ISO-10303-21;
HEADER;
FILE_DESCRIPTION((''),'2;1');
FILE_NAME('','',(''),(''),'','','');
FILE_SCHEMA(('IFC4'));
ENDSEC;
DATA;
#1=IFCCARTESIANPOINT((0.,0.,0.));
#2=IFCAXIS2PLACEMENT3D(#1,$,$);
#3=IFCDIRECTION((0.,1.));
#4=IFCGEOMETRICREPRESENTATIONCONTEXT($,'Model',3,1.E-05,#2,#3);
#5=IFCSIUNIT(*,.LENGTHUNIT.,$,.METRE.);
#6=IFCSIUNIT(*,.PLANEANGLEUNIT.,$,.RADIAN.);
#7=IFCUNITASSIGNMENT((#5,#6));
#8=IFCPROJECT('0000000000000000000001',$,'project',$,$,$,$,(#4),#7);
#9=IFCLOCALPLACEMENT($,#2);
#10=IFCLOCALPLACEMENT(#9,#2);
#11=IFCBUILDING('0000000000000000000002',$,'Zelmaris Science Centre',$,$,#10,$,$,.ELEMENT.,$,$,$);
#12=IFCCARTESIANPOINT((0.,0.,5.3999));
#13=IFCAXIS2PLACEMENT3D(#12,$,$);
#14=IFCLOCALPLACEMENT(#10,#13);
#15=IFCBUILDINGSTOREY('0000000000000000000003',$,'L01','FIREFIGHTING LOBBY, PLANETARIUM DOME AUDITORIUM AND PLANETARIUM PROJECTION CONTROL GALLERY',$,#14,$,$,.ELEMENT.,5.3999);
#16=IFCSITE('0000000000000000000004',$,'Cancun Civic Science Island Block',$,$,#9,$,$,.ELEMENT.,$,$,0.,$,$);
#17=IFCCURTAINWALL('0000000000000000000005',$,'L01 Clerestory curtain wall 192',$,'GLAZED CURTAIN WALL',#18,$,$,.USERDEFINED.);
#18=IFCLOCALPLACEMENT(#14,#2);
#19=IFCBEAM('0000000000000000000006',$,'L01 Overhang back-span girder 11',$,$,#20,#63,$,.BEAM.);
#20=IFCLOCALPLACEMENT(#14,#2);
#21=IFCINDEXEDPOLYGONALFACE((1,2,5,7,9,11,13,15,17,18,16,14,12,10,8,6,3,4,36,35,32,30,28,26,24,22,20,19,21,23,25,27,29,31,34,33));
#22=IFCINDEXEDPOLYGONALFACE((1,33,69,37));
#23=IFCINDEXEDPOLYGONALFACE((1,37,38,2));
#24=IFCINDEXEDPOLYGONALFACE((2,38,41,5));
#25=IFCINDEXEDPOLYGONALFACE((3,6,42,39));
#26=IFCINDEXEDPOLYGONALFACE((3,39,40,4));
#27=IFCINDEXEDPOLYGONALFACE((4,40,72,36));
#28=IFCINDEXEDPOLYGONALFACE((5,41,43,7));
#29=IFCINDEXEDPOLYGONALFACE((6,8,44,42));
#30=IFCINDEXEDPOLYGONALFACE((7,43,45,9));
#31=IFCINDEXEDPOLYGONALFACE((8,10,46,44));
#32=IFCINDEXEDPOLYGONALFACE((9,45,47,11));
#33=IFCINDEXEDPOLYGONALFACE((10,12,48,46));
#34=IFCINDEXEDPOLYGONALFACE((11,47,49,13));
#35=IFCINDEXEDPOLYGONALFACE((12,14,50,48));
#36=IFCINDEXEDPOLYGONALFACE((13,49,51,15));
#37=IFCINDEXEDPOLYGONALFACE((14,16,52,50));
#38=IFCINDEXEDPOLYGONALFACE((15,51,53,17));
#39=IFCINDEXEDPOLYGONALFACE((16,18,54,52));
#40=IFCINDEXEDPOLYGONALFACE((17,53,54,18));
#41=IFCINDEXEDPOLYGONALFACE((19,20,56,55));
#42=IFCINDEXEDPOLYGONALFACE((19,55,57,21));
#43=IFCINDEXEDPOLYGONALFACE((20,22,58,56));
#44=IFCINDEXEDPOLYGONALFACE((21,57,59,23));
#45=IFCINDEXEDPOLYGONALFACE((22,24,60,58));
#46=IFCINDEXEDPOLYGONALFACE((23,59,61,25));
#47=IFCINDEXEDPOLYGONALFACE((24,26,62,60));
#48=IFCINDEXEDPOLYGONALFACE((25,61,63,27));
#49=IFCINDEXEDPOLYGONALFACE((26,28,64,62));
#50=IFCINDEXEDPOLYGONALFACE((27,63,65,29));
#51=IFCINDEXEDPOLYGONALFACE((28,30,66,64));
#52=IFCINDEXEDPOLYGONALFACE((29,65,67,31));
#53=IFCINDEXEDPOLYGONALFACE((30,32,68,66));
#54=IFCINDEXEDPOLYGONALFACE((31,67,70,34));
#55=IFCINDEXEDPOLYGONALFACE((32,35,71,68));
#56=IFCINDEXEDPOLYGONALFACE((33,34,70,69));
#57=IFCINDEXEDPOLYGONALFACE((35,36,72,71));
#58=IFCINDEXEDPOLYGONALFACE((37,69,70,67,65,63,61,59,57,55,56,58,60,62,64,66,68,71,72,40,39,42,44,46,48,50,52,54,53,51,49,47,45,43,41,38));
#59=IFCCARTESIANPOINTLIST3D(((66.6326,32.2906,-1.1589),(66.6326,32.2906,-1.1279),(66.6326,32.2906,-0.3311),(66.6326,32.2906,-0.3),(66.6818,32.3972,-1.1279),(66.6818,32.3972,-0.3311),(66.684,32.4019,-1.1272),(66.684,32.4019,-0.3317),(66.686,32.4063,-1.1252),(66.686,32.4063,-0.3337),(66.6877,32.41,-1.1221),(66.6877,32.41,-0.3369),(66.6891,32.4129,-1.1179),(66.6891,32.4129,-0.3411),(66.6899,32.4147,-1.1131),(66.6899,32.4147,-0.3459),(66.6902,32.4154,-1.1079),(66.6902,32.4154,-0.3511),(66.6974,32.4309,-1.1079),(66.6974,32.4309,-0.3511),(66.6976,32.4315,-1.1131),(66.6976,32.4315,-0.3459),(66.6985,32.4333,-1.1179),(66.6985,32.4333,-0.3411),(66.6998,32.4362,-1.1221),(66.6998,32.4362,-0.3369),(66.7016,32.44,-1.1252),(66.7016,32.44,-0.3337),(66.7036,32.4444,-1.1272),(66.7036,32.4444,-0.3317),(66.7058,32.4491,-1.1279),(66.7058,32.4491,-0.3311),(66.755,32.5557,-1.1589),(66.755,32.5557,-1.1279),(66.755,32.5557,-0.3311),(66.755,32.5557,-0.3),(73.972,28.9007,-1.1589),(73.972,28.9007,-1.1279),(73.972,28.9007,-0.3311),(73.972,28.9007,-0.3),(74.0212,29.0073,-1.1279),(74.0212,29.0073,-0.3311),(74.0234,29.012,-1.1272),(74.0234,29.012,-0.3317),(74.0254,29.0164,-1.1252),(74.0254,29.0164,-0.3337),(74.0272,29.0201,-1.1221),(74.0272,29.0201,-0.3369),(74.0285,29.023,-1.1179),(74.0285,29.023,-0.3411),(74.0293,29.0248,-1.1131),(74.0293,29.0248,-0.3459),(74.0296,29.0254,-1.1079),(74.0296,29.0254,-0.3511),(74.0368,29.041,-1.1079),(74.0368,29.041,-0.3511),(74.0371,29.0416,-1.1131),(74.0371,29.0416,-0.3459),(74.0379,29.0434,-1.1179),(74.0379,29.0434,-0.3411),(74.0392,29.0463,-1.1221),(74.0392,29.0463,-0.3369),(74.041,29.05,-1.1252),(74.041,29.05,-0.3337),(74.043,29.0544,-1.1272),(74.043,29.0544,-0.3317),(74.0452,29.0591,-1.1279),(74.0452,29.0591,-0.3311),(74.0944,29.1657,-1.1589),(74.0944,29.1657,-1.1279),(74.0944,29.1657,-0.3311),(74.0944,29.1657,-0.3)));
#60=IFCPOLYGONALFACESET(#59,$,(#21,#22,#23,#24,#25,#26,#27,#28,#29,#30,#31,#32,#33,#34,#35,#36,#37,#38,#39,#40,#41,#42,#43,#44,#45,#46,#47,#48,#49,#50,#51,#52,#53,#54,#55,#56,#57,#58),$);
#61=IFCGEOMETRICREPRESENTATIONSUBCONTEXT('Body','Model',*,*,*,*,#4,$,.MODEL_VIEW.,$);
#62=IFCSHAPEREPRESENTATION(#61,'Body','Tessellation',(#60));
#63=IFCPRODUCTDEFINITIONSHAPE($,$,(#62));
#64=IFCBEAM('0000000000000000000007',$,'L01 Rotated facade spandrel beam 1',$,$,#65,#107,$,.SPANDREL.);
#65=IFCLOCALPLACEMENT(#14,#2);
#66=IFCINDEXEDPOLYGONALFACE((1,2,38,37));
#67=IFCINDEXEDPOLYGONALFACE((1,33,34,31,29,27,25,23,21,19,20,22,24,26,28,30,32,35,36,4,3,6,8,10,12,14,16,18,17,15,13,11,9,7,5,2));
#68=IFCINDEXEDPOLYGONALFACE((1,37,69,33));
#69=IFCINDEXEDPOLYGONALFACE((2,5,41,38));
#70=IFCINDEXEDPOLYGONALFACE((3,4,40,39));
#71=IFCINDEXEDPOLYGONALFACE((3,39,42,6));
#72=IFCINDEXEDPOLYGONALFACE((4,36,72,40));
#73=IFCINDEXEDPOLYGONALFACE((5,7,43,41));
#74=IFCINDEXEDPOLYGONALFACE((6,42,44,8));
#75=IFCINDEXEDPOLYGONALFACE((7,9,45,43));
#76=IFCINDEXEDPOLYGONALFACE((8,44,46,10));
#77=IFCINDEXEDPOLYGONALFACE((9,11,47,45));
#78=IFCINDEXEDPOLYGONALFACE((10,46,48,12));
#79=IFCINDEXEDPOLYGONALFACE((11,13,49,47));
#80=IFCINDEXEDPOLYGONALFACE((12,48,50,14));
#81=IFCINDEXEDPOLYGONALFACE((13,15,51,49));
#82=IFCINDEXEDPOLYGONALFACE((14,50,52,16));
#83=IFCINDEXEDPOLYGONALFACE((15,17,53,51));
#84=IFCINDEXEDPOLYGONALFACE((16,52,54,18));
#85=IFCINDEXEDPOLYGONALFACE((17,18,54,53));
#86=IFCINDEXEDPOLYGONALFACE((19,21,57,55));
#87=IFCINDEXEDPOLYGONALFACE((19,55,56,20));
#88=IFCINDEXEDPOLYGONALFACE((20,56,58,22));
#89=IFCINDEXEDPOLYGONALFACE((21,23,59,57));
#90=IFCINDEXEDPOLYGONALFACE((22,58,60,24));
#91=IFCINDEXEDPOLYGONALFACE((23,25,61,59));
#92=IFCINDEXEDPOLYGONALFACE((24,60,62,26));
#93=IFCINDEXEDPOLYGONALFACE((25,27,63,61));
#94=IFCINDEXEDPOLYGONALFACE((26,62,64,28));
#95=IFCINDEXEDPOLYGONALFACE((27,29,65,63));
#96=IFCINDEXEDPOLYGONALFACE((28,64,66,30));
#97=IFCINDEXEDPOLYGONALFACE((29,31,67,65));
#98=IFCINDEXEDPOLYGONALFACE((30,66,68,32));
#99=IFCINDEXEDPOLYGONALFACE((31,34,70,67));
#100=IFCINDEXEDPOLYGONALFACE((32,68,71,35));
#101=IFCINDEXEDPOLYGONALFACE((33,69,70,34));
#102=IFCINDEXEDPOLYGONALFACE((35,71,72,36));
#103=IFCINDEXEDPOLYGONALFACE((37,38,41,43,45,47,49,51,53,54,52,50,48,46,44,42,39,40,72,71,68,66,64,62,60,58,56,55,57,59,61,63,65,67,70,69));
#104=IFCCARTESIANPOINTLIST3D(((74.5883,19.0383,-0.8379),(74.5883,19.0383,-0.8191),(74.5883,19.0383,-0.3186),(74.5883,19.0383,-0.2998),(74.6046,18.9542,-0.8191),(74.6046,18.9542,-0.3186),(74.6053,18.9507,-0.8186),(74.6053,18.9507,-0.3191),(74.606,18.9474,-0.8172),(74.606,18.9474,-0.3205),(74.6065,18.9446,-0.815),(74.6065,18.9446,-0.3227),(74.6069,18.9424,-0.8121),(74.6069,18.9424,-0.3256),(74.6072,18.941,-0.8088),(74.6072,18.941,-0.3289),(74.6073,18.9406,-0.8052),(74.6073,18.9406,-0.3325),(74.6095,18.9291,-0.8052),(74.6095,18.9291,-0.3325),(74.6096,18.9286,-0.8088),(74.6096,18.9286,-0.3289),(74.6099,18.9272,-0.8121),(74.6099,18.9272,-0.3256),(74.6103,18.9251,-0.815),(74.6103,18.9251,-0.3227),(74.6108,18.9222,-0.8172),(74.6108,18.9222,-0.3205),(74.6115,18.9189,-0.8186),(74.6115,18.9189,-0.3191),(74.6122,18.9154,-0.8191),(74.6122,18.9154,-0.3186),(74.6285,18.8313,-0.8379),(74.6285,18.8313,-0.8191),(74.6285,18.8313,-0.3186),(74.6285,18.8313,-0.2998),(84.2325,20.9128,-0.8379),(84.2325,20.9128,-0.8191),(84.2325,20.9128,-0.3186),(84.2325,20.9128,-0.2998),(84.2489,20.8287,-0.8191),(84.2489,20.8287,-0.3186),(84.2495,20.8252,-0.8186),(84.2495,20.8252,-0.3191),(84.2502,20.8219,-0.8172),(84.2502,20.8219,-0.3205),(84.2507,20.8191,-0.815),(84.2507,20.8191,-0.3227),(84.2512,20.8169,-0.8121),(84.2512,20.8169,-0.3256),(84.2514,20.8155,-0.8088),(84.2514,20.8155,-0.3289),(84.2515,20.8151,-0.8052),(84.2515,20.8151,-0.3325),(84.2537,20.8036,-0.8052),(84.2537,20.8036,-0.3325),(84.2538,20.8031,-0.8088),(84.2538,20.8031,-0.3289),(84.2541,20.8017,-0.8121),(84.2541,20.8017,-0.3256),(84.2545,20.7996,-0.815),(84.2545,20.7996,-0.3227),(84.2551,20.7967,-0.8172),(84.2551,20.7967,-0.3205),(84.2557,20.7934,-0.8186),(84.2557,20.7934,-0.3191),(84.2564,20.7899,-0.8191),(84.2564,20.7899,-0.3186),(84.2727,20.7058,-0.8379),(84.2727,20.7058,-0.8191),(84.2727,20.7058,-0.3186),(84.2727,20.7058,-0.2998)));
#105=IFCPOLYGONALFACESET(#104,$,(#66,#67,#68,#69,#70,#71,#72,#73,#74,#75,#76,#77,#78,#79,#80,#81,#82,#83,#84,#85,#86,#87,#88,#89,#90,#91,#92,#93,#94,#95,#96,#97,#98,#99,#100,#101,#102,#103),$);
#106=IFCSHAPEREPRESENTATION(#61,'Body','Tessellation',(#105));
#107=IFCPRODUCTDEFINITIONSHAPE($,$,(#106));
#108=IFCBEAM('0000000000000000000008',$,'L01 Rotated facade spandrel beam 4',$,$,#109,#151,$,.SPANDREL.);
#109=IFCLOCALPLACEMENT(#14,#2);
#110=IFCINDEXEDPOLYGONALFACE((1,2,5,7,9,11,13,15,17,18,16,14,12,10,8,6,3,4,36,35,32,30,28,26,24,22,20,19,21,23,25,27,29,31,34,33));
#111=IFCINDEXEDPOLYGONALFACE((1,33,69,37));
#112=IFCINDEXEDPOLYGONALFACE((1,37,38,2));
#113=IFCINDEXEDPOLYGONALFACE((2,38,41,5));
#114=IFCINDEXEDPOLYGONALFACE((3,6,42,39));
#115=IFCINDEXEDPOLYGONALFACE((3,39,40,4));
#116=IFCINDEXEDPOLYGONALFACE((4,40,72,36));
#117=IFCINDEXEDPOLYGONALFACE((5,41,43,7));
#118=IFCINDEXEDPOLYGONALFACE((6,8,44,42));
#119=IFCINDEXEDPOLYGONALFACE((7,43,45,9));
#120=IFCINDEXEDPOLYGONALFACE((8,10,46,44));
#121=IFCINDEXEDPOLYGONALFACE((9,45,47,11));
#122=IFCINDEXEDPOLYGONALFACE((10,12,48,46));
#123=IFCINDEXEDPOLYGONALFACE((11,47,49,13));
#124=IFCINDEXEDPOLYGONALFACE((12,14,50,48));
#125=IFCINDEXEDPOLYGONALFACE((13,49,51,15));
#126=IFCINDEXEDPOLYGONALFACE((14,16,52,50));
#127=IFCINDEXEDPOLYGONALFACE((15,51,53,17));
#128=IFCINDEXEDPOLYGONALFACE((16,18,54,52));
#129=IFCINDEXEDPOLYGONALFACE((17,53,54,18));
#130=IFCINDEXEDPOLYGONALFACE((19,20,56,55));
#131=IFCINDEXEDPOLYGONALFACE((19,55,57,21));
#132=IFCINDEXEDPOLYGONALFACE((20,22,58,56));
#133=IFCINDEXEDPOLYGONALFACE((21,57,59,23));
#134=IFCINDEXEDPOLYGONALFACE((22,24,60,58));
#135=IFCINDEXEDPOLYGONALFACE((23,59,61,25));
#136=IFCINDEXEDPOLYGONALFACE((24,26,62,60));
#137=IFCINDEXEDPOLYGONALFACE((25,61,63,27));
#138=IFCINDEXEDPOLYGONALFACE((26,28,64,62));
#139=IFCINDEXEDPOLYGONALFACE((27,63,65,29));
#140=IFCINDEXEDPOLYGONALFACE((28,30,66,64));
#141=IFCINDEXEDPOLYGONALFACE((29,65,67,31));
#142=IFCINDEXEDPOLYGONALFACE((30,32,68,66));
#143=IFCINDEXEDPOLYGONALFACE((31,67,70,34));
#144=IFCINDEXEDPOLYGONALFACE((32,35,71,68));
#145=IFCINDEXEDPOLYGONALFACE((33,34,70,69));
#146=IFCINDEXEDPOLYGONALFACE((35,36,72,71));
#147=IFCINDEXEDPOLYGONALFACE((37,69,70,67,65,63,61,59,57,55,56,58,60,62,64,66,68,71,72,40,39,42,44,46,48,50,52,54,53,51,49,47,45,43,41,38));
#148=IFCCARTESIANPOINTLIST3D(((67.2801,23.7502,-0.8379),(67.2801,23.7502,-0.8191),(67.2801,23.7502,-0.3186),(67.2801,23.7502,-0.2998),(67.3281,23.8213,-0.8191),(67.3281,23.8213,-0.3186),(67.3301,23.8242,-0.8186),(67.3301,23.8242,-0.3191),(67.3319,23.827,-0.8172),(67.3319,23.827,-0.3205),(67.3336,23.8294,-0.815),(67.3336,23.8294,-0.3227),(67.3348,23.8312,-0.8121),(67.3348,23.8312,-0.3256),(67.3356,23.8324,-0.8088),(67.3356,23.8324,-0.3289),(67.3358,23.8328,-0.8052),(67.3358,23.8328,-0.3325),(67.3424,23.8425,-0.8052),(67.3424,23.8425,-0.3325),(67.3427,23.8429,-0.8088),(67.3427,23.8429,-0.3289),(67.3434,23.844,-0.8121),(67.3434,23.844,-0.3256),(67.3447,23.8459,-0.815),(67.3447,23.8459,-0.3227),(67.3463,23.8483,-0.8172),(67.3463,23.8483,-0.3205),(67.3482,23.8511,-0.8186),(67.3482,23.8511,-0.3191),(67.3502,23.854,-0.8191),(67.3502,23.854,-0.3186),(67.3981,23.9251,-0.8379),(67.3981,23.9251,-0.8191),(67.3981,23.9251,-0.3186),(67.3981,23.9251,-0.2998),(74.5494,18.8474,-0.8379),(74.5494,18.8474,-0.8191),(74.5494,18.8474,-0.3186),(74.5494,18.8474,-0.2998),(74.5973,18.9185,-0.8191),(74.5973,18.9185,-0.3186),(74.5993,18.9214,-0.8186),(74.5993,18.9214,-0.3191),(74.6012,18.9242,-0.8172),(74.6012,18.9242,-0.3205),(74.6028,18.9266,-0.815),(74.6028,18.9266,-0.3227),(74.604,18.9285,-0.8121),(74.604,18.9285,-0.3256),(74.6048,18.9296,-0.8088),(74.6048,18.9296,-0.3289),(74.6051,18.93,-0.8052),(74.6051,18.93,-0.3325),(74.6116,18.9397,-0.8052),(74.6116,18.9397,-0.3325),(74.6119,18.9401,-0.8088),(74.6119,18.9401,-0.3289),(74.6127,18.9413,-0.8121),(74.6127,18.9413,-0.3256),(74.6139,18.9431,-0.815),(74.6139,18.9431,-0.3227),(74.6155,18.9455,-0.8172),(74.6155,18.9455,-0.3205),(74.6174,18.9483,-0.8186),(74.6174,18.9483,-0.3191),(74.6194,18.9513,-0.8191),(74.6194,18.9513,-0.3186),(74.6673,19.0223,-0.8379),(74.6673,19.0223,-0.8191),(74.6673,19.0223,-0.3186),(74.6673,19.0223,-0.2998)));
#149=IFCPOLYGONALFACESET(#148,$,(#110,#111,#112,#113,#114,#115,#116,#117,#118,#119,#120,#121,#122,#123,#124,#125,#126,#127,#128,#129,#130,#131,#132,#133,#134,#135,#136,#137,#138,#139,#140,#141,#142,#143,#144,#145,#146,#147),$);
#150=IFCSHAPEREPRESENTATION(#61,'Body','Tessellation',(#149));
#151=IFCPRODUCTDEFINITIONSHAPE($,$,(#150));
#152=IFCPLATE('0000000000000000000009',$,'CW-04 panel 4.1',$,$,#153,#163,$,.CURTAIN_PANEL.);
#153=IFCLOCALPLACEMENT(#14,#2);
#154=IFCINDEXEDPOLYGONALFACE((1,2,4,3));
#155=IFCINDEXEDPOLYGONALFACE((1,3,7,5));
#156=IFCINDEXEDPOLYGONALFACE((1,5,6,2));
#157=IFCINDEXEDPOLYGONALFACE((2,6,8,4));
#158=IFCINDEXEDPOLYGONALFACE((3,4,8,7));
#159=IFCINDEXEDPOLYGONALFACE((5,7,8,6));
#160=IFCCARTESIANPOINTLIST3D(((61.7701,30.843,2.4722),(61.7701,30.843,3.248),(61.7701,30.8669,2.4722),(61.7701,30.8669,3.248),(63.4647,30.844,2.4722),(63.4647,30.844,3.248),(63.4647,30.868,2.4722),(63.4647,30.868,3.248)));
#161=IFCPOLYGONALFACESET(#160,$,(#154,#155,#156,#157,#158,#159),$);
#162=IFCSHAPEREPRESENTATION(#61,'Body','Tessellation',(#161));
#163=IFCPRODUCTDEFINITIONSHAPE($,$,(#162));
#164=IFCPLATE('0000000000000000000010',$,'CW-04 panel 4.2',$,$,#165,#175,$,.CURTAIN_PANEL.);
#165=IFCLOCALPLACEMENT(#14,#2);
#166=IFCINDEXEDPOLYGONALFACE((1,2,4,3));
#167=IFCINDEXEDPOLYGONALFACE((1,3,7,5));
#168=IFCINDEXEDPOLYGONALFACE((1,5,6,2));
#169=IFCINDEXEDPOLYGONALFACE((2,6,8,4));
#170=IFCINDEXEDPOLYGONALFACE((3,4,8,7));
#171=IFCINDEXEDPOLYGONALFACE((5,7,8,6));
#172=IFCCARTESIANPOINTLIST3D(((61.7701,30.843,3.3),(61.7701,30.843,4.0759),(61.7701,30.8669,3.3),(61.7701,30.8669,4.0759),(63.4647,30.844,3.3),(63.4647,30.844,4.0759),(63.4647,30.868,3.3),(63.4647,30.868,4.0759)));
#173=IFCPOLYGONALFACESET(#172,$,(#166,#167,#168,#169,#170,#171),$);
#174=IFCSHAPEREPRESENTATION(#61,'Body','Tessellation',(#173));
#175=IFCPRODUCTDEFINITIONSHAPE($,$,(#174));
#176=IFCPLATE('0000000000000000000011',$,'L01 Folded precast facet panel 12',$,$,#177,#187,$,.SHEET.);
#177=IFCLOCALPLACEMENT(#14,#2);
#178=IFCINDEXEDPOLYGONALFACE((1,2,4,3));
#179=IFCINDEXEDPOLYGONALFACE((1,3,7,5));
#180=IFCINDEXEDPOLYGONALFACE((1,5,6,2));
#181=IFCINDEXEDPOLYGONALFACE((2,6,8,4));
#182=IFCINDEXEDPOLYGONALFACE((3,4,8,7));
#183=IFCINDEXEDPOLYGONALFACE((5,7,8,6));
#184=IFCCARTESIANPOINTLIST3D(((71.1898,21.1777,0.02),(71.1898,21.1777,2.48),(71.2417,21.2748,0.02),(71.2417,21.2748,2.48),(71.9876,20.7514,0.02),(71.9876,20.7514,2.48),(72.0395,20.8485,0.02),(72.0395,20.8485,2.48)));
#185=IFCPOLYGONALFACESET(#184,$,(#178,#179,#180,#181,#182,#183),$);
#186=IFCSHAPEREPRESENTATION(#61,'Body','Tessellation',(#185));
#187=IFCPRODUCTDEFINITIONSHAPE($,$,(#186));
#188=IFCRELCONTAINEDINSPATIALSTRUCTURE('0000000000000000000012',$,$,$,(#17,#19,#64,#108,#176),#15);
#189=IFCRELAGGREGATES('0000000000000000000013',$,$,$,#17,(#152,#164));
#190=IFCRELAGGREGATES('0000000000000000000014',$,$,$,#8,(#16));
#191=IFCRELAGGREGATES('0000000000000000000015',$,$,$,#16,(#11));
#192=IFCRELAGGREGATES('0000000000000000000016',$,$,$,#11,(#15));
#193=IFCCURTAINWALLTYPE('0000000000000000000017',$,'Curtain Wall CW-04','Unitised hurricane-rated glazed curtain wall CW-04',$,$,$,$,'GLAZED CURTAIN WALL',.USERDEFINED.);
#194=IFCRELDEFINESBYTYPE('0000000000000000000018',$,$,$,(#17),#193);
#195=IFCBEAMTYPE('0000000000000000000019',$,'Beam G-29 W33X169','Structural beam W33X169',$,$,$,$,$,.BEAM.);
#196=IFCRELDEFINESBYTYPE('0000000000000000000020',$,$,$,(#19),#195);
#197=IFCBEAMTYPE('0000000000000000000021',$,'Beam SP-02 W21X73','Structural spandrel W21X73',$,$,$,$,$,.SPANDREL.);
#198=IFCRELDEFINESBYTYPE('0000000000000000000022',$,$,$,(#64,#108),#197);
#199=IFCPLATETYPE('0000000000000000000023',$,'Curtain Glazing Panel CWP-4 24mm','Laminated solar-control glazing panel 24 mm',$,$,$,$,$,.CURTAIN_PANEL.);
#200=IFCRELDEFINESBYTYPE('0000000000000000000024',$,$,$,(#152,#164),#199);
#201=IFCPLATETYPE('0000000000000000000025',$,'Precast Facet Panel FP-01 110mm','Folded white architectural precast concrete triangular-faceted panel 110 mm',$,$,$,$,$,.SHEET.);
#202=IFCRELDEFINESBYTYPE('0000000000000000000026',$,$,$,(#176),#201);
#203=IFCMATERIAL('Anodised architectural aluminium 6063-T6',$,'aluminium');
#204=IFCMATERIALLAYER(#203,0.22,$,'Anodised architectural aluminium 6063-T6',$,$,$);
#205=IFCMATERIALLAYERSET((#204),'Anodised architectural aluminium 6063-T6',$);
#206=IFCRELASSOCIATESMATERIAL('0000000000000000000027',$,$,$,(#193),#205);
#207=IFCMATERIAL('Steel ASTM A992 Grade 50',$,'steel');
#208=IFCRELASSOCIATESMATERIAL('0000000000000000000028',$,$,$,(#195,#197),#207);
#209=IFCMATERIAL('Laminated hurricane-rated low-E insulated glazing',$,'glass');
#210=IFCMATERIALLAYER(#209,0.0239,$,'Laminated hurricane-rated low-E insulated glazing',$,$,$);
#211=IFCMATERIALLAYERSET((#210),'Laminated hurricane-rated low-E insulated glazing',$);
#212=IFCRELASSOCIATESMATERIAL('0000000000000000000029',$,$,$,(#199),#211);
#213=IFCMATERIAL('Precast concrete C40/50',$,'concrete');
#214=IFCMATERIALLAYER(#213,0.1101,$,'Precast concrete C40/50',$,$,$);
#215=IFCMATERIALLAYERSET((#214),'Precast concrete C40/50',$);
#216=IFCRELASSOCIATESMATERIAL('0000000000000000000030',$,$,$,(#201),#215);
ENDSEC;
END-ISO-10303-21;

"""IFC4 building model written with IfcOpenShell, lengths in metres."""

from ifc_helpers import new_model, si_unit, direction, frame, frame_2d, origin, origin_2d, place, context, subcontext, project, spatial, rectangle, i_section, extrude, material, layer, layer_set, material_profile, profile_set, type_object, element, aggregate, save


model = new_model("IFC4")

# Units and contexts
model_context = context("Model", 3, precision=1e-05, world=origin(), true_north=direction((0.0, 1.0)))
body_context = subcontext(model_context, "Body", "Model", "MODEL_VIEW")
ifc_project = project(units=[si_unit("LENGTHUNIT", "METRE"), si_unit("PLANEANGLEUNIT", "RADIAN")], contexts=[model_context])

# Site, building, storey
site_placement = place(None, origin())
site = spatial("IfcSite", under=ifc_project, at=site_placement, Name="Cancun Civic Science Island Block", CompositionType="ELEMENT", RefElevation=0.0)
building_placement = place(site_placement, origin())
building = spatial("IfcBuilding", under=site, at=building_placement, Name="Zelmaris Science Centre", CompositionType="ELEMENT")
storey_placement = place(building_placement, frame((0.0, 0.0, 5.3999)))
storey = spatial("IfcBuildingStorey", under=building, at=storey_placement, Name="L01", Description="FIREFIGHTING LOBBY, PLANETARIUM DOME AUDITORIUM AND PLANETARIUM PROJECTION CONTROL GALLERY", CompositionType="ELEMENT", Elevation=5.3999)

# Shared definitions
ifc_material_1 = material(Name="Steel ASTM A992 Grade 50", Category="steel")

# Curtain wall
ifc_material_2 = material(Name="Anodised architectural aluminium 6063-T6", Category="aluminium")
ifc_layer_1 = layer(ifc_material_2, 0.22, Name="Anodised architectural aluminium 6063-T6")
ifc_layer_set_1 = layer_set([ifc_layer_1], Name="Anodised architectural aluminium 6063-T6")
curtain_wall_type = type_object("IfcCurtainWallType", Name="Curtain Wall CW-04", Description="Unitised hurricane-rated glazed curtain wall CW-04", ElementType="GLAZED CURTAIN WALL", PredefinedType="USERDEFINED", material=ifc_layer_set_1)
curtain_wall_placement = place(storey_placement, origin())
curtain_wall = element("IfcCurtainWall", 1, at=curtain_wall_placement, inside=storey, type_object=curtain_wall_type, Name="L01 Clerestory curtain wall 192", ObjectType="GLAZED CURTAIN WALL", PredefinedType="USERDEFINED")

# Beams
ifc_material_profile_1 = material_profile(ifc_material_1, i_section(OverallWidth=0.292, OverallDepth=0.8589, WebThickness=0.0171, FlangeThickness=0.031, FilletRadius=0.02, at=origin_2d()), Name="W33X169")
ifc_profile_set_1 = profile_set([ifc_material_profile_1], Name="Steel ASTM A992 Grade 50")
beam_type_1 = type_object("IfcBeamType", Name="Beam G-29 W33X169", Description="Structural beam W33X169", PredefinedType="BEAM", material=ifc_profile_set_1)
beam_1_placement = place(storey_placement, frame((74.0332, 29.0332, -0.7295), z_axis=(-0.907842, 0.419313, 0.0), x_axis=(-0.419313, -0.907842, 0.0)))
element("IfcBeam", 2, at=beam_1_placement, inside=storey, type_object=beam_type_1, Name="L01 Overhang back-span girder 11", PredefinedType="BEAM", context=body_context, shape_type="SweptSolid", body=[
    extrude(i_section(OverallWidth=0.292, OverallDepth=0.8589, WebThickness=0.0171, FlangeThickness=0.031, FilletRadius=0.02, at=origin_2d()), origin(), (0.0, 0.0, 1.0), 8.0845),
])
ifc_material_profile_2 = material_profile(ifc_material_1, i_section(OverallWidth=0.2109, OverallDepth=0.5381, WebThickness=0.0117, FlangeThickness=0.0188, FilletRadius=0.0139, at=origin_2d()), Name="W21X73")
ifc_profile_set_2 = profile_set([ifc_material_profile_2], Name="Steel ASTM A992 Grade 50")
beam_type_2 = type_object("IfcBeamType", Name="Beam SP-02 W21X73", Description="Structural spandrel W21X73", PredefinedType="SPANDREL", material=ifc_profile_set_2)
beam_2_placement = place(storey_placement, frame((74.6084, 18.9348, -0.5688), z_axis=(0.98163, 0.190795, 0.0), x_axis=(-0.190795, 0.98163, 0.0)))
element("IfcBeam", 3, at=beam_2_placement, inside=storey, type_object=beam_type_2, Name="L01 Rotated facade spandrel beam 1", PredefinedType="SPANDREL", context=body_context, shape_type="SweptSolid", body=[
    extrude(i_section(OverallWidth=0.2109, OverallDepth=0.5381, WebThickness=0.0117, FlangeThickness=0.0188, FilletRadius=0.0139, at=origin_2d()), origin(), (0.0, 0.0, 1.0), 9.8247),
])
beam_3_placement = place(storey_placement, frame((67.3391, 23.8376, -0.5688), z_axis=(0.829057, -0.559164, 0.0), x_axis=(0.559164, 0.829057, 0.0)))
element("IfcBeam", 4, at=beam_3_placement, inside=storey, type_object=beam_type_2, Name="L01 Rotated facade spandrel beam 4", PredefinedType="SPANDREL", context=body_context, shape_type="SweptSolid", body=[
    extrude(i_section(OverallWidth=0.2109, OverallDepth=0.5381, WebThickness=0.0117, FlangeThickness=0.0188, FilletRadius=0.0139, at=origin_2d()), origin(), (0.0, 0.0, 1.0), 8.7681),
])

# Plates
ifc_material_3 = material(Name="Laminated hurricane-rated low-E insulated glazing", Category="glass")
ifc_layer_2 = layer(ifc_material_3, 0.0239, Name="Laminated hurricane-rated low-E insulated glazing")
ifc_layer_set_2 = layer_set([ifc_layer_2], Name="Laminated hurricane-rated low-E insulated glazing")
plate_type_1 = type_object("IfcPlateType", Name="Curtain Glazing Panel CWP-4 24mm", Description="Laminated solar-control glazing panel 24 mm", PredefinedType="CURTAIN_PANEL", material=ifc_layer_set_2)
plate_1_placement = place(storey_placement, frame((62.6174, 30.8555, 2.4722), z_axis=(0.0, 0.0, 1.0), x_axis=(1.0, 0.000621, 0.0)))
plate_1 = element("IfcPlate", 5, at=plate_1_placement, type_object=plate_type_1, Name="CW-04 panel 4.1", PredefinedType="CURTAIN_PANEL", context=body_context, shape_type="SweptSolid", body=[
    extrude(rectangle(XDim=1.6946, YDim=0.0239, at=origin_2d()), origin(), (0.0, 0.0, 1.0), 0.7759),
])
plate_2_placement = place(storey_placement, frame((62.6174, 30.8555, 3.3), z_axis=(0.0, 0.0, 1.0), x_axis=(1.0, 0.000621, 0.0)))
plate_2 = element("IfcPlate", 6, at=plate_2_placement, type_object=plate_type_1, Name="CW-04 panel 4.2", PredefinedType="CURTAIN_PANEL", context=body_context, shape_type="SweptSolid", body=[
    extrude(rectangle(XDim=1.6946, YDim=0.0239, at=origin_2d()), origin(), (0.0, 0.0, 1.0), 0.7759),
])
aggregate(curtain_wall, [plate_1, plate_2])

# Plate
ifc_material_4 = material(Name="Precast concrete C40/50", Category="concrete")
ifc_layer_3 = layer(ifc_material_4, 0.1101, Name="Precast concrete C40/50")
ifc_layer_set_3 = layer_set([ifc_layer_3], Name="Precast concrete C40/50")
plate_type_2 = type_object("IfcPlateType", Name="Precast Facet Panel FP-01 110mm", Description="Folded white architectural precast concrete triangular-faceted panel 110 mm", PredefinedType="SHEET", material=ifc_layer_set_3)
plate_3_placement = place(storey_placement, frame((72.0134, 20.8, 0.02), z_axis=(0.0, 0.0, 1.0), x_axis=(-0.882009, 0.471232, 0.0)))
element("IfcPlate", 7, at=plate_3_placement, inside=storey, type_object=plate_type_2, Name="L01 Folded precast facet panel 12", PredefinedType="SHEET", context=body_context, shape_type="SweptSolid", body=[
    extrude(rectangle(XDim=0.9045, YDim=0.1101, at=frame_2d((0.4521, 0.0))), origin(), (0.0, 0.0, 1.0), 2.46),
])

save(model, "model.ifc")
